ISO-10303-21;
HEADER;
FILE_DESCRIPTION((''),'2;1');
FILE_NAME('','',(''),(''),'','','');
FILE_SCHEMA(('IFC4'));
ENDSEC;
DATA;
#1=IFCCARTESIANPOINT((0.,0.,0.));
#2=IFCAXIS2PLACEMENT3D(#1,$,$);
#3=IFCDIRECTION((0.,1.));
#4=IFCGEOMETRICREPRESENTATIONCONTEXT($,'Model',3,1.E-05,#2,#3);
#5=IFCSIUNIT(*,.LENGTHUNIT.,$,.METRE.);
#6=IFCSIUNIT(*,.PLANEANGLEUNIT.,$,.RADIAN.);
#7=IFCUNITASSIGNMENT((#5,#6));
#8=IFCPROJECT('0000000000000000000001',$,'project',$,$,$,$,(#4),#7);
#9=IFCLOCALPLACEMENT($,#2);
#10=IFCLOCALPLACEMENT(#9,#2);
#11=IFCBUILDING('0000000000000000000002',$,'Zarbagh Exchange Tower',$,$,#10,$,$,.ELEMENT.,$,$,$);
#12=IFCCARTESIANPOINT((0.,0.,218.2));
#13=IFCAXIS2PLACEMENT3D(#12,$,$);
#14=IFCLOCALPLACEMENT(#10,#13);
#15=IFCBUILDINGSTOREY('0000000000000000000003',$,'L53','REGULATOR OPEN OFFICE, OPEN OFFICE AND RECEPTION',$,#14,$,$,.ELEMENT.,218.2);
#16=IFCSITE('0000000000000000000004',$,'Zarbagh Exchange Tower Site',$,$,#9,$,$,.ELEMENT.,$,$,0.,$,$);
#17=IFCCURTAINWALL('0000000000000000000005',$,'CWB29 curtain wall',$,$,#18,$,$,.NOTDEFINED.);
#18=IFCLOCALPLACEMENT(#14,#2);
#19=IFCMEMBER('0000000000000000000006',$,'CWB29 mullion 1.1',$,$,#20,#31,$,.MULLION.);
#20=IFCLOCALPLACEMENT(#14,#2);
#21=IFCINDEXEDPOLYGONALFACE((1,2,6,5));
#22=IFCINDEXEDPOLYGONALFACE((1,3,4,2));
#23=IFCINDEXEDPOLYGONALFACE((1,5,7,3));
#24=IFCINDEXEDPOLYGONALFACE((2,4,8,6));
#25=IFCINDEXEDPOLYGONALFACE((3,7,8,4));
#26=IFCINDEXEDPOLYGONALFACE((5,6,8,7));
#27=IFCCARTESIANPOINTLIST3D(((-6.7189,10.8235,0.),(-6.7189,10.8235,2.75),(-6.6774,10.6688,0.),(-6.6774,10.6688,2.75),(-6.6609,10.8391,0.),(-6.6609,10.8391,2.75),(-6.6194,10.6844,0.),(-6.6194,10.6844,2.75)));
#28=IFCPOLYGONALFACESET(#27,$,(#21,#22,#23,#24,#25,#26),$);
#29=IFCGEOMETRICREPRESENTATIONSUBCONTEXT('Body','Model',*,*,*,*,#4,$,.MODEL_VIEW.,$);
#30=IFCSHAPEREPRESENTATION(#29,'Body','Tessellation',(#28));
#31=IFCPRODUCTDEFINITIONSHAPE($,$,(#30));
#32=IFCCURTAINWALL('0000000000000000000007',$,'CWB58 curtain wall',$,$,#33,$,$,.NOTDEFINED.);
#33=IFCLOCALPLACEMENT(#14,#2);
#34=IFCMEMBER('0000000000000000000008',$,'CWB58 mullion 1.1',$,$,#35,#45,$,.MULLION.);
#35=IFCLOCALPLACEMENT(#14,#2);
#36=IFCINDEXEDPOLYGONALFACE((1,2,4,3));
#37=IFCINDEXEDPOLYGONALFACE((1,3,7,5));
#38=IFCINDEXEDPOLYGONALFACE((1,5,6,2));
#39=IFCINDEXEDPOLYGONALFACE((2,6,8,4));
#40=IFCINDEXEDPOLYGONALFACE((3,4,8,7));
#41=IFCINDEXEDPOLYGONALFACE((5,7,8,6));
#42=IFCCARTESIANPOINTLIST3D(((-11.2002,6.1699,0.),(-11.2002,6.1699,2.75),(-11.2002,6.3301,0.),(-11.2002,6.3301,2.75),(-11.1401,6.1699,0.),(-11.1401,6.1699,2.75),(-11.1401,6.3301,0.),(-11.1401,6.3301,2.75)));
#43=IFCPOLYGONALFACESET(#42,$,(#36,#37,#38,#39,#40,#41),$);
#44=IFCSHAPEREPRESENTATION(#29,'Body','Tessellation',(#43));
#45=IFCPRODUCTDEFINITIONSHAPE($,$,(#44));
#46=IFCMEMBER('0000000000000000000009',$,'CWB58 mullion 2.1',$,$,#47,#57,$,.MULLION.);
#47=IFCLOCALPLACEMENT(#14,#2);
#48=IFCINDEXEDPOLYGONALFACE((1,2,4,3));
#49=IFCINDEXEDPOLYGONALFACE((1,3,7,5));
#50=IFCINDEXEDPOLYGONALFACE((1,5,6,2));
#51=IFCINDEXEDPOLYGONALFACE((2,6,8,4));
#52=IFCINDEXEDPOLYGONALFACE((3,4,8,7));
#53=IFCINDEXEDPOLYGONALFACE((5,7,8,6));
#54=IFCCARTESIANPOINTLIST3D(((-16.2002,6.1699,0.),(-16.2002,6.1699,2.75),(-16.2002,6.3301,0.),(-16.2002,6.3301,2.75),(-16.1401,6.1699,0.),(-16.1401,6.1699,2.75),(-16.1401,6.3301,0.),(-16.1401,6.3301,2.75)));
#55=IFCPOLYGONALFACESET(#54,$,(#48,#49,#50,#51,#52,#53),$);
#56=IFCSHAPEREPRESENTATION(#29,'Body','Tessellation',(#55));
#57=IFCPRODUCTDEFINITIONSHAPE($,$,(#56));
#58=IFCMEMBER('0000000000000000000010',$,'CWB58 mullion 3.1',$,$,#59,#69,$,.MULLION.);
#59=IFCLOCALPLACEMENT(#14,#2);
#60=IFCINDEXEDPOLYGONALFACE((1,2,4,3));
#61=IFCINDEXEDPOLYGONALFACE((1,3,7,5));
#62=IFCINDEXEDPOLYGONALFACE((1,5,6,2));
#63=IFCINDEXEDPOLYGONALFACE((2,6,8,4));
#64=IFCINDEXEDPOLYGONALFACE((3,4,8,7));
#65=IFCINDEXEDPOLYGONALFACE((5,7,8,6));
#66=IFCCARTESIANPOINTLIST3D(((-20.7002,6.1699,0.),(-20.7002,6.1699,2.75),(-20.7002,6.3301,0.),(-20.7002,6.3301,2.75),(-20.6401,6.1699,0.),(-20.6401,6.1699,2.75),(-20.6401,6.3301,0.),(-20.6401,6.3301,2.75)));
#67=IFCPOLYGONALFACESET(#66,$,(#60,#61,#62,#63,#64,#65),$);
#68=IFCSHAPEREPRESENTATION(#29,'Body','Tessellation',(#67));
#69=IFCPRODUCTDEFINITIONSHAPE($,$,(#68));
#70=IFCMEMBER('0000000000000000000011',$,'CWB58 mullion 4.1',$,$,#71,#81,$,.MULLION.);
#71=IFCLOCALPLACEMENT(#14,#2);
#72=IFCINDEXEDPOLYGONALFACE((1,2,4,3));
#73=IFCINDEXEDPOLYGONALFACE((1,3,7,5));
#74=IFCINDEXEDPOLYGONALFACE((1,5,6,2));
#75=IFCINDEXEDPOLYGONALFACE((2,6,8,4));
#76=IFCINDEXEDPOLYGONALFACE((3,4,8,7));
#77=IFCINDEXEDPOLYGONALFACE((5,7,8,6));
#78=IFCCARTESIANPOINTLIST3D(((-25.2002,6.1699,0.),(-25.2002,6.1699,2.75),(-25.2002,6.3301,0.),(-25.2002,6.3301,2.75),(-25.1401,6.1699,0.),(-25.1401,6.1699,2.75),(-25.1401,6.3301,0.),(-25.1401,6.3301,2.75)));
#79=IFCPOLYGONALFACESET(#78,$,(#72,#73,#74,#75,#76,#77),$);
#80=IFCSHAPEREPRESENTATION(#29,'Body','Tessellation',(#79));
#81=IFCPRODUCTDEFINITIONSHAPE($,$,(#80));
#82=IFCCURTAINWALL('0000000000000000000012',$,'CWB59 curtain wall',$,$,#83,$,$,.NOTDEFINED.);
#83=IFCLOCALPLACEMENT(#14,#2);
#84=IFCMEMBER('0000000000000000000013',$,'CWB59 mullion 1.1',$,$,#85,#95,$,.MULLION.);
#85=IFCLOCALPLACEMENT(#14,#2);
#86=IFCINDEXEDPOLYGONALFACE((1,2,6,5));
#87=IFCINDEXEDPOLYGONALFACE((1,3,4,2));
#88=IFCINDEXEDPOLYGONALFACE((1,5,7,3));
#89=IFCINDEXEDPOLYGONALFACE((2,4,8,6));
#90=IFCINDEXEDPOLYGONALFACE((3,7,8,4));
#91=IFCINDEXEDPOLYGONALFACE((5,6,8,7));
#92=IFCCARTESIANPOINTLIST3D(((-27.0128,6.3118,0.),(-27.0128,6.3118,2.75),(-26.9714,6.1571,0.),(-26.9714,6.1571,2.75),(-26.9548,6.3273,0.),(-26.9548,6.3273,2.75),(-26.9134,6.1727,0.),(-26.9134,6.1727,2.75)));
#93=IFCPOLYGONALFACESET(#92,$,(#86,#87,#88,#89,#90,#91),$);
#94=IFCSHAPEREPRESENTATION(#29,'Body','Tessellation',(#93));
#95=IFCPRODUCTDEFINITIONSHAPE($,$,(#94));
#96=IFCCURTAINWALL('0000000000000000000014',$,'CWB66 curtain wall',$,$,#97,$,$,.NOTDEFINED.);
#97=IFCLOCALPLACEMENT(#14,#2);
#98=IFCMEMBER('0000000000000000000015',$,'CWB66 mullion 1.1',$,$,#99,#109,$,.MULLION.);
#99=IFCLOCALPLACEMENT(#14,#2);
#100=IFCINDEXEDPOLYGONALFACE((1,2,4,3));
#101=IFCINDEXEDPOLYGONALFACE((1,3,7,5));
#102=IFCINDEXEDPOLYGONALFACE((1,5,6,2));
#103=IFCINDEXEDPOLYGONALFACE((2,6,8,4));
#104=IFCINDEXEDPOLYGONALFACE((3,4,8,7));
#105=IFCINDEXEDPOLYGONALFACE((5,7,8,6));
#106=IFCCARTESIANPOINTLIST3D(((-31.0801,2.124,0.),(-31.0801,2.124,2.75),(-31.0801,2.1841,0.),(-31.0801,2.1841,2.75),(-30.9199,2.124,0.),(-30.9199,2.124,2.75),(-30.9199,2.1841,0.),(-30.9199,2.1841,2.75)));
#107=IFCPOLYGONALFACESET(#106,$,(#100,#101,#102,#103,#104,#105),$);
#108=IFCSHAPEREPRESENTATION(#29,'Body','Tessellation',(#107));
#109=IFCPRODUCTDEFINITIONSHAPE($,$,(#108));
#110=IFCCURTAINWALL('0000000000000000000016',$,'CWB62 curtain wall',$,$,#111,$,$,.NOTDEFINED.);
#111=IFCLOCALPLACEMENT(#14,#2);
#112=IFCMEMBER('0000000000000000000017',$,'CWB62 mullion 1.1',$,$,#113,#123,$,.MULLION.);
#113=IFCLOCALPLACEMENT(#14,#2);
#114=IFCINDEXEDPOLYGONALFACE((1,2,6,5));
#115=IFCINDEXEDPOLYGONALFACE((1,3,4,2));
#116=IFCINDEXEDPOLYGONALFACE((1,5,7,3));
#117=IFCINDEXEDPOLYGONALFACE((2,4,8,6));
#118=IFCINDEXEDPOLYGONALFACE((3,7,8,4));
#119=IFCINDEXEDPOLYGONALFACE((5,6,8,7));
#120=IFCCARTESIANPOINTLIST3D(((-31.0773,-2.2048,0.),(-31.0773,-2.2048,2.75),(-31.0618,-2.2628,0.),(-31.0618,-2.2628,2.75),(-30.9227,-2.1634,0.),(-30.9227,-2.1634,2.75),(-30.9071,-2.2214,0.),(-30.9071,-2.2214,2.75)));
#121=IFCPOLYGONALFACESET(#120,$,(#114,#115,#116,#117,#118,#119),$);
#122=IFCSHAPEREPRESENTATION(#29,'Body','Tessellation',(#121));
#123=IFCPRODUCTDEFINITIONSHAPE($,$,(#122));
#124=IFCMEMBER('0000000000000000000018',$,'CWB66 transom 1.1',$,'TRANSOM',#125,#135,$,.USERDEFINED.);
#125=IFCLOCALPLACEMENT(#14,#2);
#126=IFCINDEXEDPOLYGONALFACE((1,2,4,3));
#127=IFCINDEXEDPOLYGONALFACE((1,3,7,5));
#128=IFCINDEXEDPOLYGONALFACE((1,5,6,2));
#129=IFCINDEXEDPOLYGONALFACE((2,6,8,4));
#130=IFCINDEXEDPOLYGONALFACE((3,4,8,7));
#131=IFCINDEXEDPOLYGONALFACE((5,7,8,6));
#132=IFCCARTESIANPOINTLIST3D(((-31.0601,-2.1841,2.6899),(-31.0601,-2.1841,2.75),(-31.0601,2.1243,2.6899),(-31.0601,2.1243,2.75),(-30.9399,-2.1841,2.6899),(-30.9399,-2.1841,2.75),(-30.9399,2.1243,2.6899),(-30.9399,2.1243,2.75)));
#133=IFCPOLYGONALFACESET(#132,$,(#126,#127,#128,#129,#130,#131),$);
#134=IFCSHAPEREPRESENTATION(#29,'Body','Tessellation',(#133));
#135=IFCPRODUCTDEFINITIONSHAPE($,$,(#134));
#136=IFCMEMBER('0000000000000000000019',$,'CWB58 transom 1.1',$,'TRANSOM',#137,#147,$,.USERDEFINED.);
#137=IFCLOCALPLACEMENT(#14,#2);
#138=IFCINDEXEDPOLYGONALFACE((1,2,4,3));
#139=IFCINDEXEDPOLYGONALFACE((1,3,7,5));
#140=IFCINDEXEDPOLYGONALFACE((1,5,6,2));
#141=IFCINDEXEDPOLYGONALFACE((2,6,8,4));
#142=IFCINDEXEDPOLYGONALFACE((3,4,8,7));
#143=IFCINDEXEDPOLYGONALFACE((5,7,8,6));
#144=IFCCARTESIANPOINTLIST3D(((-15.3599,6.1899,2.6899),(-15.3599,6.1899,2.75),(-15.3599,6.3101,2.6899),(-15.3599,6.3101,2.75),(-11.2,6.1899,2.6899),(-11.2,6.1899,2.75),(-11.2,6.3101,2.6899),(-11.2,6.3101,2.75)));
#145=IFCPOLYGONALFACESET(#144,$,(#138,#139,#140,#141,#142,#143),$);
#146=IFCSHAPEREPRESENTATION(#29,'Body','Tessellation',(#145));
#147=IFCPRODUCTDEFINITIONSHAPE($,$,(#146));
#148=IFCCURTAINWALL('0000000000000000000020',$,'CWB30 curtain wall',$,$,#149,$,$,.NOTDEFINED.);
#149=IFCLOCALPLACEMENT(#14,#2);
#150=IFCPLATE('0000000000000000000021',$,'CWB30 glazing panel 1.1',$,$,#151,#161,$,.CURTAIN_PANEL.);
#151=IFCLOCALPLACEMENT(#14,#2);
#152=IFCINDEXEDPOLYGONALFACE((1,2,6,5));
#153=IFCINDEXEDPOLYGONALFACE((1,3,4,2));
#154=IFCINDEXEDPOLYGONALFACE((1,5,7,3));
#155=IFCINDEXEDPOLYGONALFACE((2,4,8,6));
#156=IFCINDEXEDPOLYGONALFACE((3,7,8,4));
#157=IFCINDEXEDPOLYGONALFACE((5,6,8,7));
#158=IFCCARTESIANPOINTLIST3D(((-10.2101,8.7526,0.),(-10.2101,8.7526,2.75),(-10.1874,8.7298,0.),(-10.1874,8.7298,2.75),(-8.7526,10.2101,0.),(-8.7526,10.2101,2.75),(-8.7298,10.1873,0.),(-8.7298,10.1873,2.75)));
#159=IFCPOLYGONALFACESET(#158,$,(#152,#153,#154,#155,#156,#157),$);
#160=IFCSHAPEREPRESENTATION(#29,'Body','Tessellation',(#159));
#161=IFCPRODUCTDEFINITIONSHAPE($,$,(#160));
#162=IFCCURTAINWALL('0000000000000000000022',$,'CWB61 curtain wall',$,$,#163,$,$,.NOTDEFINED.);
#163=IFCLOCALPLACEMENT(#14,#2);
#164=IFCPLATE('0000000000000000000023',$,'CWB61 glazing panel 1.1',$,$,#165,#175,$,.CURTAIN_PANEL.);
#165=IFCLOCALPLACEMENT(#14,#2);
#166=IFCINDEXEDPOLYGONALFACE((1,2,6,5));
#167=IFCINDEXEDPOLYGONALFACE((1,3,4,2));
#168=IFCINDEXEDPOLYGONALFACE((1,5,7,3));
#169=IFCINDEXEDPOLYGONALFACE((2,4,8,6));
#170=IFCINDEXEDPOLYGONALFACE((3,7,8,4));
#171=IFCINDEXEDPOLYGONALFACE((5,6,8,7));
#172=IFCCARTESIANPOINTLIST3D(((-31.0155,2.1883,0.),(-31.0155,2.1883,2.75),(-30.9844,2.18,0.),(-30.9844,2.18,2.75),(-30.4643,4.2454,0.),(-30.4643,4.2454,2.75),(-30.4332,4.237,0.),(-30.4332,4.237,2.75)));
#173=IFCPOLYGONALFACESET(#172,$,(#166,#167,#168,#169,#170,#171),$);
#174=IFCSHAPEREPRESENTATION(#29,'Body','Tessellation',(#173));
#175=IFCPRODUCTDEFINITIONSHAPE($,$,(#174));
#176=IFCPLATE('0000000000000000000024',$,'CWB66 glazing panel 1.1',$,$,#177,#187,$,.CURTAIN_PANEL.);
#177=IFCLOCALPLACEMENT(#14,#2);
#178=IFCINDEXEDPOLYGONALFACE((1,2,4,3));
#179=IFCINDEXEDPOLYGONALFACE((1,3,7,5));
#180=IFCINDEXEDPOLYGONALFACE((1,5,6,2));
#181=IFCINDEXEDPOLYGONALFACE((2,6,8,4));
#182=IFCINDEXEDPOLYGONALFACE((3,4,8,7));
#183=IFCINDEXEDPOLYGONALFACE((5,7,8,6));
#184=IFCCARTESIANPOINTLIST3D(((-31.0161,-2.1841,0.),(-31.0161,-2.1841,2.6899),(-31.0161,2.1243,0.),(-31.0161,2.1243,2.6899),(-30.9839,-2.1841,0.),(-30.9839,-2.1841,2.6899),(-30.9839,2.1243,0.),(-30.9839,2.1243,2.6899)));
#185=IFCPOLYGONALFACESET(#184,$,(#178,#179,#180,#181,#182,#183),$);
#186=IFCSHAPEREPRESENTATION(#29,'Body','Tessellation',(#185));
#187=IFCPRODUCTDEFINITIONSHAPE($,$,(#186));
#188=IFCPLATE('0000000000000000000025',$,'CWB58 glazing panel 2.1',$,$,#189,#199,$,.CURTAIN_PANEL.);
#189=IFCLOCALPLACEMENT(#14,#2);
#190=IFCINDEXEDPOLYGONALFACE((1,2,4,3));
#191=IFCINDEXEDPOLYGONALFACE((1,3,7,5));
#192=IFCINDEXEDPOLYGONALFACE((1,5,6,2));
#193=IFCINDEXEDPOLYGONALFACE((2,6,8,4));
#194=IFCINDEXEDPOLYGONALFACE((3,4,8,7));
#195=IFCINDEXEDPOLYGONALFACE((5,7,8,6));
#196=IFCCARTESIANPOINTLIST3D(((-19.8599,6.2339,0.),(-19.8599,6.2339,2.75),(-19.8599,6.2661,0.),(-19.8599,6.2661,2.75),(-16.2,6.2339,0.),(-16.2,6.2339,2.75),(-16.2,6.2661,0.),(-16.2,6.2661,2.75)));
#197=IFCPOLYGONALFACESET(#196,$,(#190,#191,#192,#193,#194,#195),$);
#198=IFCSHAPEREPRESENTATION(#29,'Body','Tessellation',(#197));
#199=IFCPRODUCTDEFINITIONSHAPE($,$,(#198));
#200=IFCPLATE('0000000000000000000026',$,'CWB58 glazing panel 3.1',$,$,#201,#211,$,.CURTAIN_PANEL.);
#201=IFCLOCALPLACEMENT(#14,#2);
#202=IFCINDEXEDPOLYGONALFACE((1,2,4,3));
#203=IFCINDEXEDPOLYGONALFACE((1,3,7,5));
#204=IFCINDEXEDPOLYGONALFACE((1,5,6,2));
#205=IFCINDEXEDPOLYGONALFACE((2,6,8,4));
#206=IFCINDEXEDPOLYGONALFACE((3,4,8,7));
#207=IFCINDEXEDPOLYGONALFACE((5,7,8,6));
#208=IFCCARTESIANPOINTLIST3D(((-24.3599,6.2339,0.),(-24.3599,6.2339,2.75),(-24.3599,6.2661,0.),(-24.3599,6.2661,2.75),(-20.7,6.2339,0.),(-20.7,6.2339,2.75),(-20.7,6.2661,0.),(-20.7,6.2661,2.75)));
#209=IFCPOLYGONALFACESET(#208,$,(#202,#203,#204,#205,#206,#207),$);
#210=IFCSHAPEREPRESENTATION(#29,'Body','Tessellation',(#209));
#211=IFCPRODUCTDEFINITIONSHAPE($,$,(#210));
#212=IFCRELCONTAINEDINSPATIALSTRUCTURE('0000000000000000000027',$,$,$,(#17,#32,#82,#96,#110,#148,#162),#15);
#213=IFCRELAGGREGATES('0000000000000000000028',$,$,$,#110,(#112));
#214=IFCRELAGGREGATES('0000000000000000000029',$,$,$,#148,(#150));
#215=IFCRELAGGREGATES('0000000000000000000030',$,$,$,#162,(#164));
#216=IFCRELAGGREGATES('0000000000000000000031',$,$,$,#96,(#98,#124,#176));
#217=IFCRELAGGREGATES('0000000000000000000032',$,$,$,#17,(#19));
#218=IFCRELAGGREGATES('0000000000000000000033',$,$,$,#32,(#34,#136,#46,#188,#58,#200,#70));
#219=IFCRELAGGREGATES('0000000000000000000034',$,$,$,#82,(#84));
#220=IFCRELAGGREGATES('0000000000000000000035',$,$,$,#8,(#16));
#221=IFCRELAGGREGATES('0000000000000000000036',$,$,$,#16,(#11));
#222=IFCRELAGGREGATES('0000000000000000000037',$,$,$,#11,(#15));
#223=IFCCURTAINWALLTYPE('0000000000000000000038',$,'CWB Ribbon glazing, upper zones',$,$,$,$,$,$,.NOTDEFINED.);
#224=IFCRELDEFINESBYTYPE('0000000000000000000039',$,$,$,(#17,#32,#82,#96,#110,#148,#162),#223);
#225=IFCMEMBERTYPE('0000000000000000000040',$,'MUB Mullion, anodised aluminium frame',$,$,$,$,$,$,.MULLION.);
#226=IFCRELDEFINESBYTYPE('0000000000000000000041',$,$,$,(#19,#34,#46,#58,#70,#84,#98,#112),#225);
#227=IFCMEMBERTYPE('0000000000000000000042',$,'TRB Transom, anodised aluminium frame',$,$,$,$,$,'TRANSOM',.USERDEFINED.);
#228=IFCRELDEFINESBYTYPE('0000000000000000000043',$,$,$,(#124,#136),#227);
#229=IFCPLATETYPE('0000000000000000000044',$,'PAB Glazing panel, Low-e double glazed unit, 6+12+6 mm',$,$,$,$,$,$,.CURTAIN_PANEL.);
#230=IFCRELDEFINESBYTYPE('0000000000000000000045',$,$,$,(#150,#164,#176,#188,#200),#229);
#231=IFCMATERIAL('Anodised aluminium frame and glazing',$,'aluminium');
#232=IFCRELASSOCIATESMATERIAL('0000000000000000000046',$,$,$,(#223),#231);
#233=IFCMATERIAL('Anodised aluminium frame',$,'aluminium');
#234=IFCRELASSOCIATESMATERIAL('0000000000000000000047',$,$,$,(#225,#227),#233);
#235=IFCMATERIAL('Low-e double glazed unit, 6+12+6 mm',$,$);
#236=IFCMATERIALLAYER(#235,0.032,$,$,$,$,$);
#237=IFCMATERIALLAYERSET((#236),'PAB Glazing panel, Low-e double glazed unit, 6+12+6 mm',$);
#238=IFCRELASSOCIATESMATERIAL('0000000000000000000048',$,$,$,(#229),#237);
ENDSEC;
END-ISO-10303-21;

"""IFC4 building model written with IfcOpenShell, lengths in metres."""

from ifc_helpers import new_model, si_unit, direction, frame, origin, place, context, subcontext, project, spatial, polyline, outline, extrude, source, transform, mapped, material, layer, layer_set, type_object, element, aggregate, save


model = new_model("IFC4")

# Units and contexts
model_context = context("Model", 3, precision=1e-05, world=origin(), true_north=direction((0.0, 1.0)))
body_context = subcontext(model_context, "Body", "Model", "MODEL_VIEW")
ifc_project = project(units=[si_unit("LENGTHUNIT", "METRE"), si_unit("PLANEANGLEUNIT", "RADIAN")], contexts=[model_context])

# Site, building, storey
site_placement = place(None, origin())
site = spatial("IfcSite", under=ifc_project, at=site_placement, Name="Zarbagh Exchange Tower Site", CompositionType="ELEMENT", RefElevation=0.0)
building_placement = place(site_placement, origin())
building = spatial("IfcBuilding", under=site, at=building_placement, Name="Zarbagh Exchange Tower", CompositionType="ELEMENT")
storey_placement = place(building_placement, frame((0.0, 0.0, 218.2)))
storey = spatial("IfcBuildingStorey", under=building, at=storey_placement, Name="L53", Description="REGULATOR OPEN OFFICE, OPEN OFFICE AND RECEPTION", CompositionType="ELEMENT", Elevation=218.2)

# Curtain wall, member
ifc_material_1 = material(Name="Anodised aluminium frame and glazing", Category="aluminium")
curtain_wall_type = type_object("IfcCurtainWallType", Name="CWB Ribbon glazing, upper zones", PredefinedType="NOTDEFINED", material=ifc_material_1)
curtain_wall_1_placement = place(storey_placement, origin())
curtain_wall_1 = element("IfcCurtainWall", 1, at=curtain_wall_1_placement, inside=storey, type_object=curtain_wall_type, Name="CWB29 curtain wall", PredefinedType="NOTDEFINED")
ifc_material_2 = material(Name="Anodised aluminium frame", Category="aluminium")
member_type_1 = type_object("IfcMemberType", Name="MUB Mullion, anodised aluminium frame", PredefinedType="MULLION", material=ifc_material_2)
shared_shape_1 = source(origin(), body_context, "Body", "SweptSolid", [
    extrude(outline(polyline([(0.0, -0.0801), (0.0601, -0.0801), (0.0601, 0.0801), (0.0, 0.0801), (0.0, -0.0801)])), origin(), (0.0, 0.0, 1.0), 2.75),
])
placement = place(storey_placement, origin())
member_1 = element("IfcMember", 2, at=placement, type_object=member_type_1, Name="CWB29 mullion 1.1", PredefinedType="MULLION", context=body_context, shape_type="MappedRepresentation", body=[
    mapped(shared_shape_1, transform((-6.6401, 10.7617, 0.0), x_axis=(-0.965924, -0.258825, 0.0), y_axis=(0.258825, -0.965924, 0.0), z_axis=(0.0, 0.0, 1.0))),
])

# Curtain wall, members
curtain_wall_2_placement = place(storey_placement, origin())
curtain_wall_2 = element("IfcCurtainWall", 3, at=curtain_wall_2_placement, inside=storey, type_object=curtain_wall_type, Name="CWB58 curtain wall", PredefinedType="NOTDEFINED")
member_2 = element("IfcMember", 4, at=placement, type_object=member_type_1, Name="CWB58 mullion 1.1", PredefinedType="MULLION", context=body_context, shape_type="MappedRepresentation", body=[
    mapped(shared_shape_1, transform((-11.1401, 6.25, 0.0), x_axis=(-1.0, 0.0, 0.0), y_axis=(0.0, -1.0, 0.0), z_axis=(0.0, 0.0, 1.0))),
])
member_3 = element("IfcMember", 5, at=placement, type_object=member_type_1, Name="CWB58 mullion 2.1", PredefinedType="MULLION", context=body_context, shape_type="MappedRepresentation", body=[
    mapped(shared_shape_1, transform((-16.1401, 6.25, 0.0), x_axis=(-1.0, 0.0, 0.0), y_axis=(0.0, -1.0, 0.0), z_axis=(0.0, 0.0, 1.0))),
])
member_4 = element("IfcMember", 6, at=placement, type_object=member_type_1, Name="CWB58 mullion 3.1", PredefinedType="MULLION", context=body_context, shape_type="MappedRepresentation", body=[
    mapped(shared_shape_1, transform((-20.6401, 6.25, 0.0), x_axis=(-1.0, 0.0, 0.0), y_axis=(0.0, -1.0, 0.0), z_axis=(0.0, 0.0, 1.0))),
])
member_5 = element("IfcMember", 7, at=placement, type_object=member_type_1, Name="CWB58 mullion 4.1", PredefinedType="MULLION", context=body_context, shape_type="MappedRepresentation", body=[
    mapped(shared_shape_1, transform((-25.1401, 6.25, 0.0), x_axis=(-1.0, 0.0, 0.0), y_axis=(0.0, -1.0, 0.0), z_axis=(0.0, 0.0, 1.0))),
])

# Curtain walls, members
curtain_wall_3_placement = place(storey_placement, origin())
curtain_wall_3 = element("IfcCurtainWall", 8, at=curtain_wall_3_placement, inside=storey, type_object=curtain_wall_type, Name="CWB59 curtain wall", PredefinedType="NOTDEFINED")
member_6 = element("IfcMember", 9, at=placement, type_object=member_type_1, Name="CWB59 mullion 1.1", PredefinedType="MULLION", context=body_context, shape_type="MappedRepresentation", body=[
    mapped(shared_shape_1, transform((-26.9341, 6.25, 0.0), x_axis=(-0.965924, -0.258825, 0.0), y_axis=(0.258825, -0.965924, 0.0), z_axis=(0.0, 0.0, 1.0))),
])
curtain_wall_4_placement = place(storey_placement, origin())
curtain_wall_4 = element("IfcCurtainWall", 10, at=curtain_wall_4_placement, inside=storey, type_object=curtain_wall_type, Name="CWB66 curtain wall", PredefinedType="NOTDEFINED")
member_7 = element("IfcMember", 11, at=placement, type_object=member_type_1, Name="CWB66 mullion 1.1", PredefinedType="MULLION", context=body_context, shape_type="MappedRepresentation", body=[
    mapped(shared_shape_1, transform((-31.0, 2.1841, 0.0), x_axis=(0.0, -1.0, 0.0), y_axis=(1.0, 0.0, 0.0), z_axis=(0.0, 0.0, 1.0))),
])
curtain_wall_5_placement = place(storey_placement, origin())
curtain_wall_5 = element("IfcCurtainWall", 12, at=curtain_wall_5_placement, inside=storey, type_object=curtain_wall_type, Name="CWB62 curtain wall", PredefinedType="NOTDEFINED")
member_8 = element("IfcMember", 13, at=placement, type_object=member_type_1, Name="CWB62 mullion 1.1", PredefinedType="MULLION", context=body_context, shape_type="MappedRepresentation", body=[
    mapped(shared_shape_1, transform((-31.0, -2.1841, 0.0), x_axis=(0.258825, -0.965924, 0.0), y_axis=(0.965924, 0.258825, 0.0), z_axis=(0.0, 0.0, 1.0))),
])
aggregate(curtain_wall_5, [member_8])

# Members
member_type_2 = type_object("IfcMemberType", Name="TRB Transom, anodised aluminium frame", ElementType="TRANSOM", PredefinedType="USERDEFINED", material=ifc_material_2)
shared_shape_2 = source(origin(), body_context, "Body", "SweptSolid", [
    extrude(outline(polyline([(-0.0601, -0.0601), (0.0, -0.0601), (0.0, 0.0601), (-0.0601, 0.0601), (-0.0601, -0.0601)])), origin(), (0.0, 0.0, 1.0), 4.3083),
])
member_9 = element("IfcMember", 14, at=placement, type_object=member_type_2, Name="CWB66 transom 1.1", ObjectType="TRANSOM", PredefinedType="USERDEFINED", context=body_context, shape_type="MappedRepresentation", body=[
    mapped(shared_shape_2, transform((-31.0, 2.1243, 2.75), x_axis=(0.0, 0.0, 1.0), y_axis=(-1.0, 0.0, 0.0), z_axis=(0.0, -1.0, 0.0))),
])
shared_shape_3 = source(origin(), body_context, "Body", "SweptSolid", [
    extrude(outline(polyline([(-0.0601, -0.0601), (0.0, -0.0601), (0.0, 0.0601), (-0.0601, 0.0601), (-0.0601, -0.0601)])), origin(), (0.0, 0.0, 1.0), 4.1599),
])
member_10 = element("IfcMember", 15, at=placement, type_object=member_type_2, Name="CWB58 transom 1.1", ObjectType="TRANSOM", PredefinedType="USERDEFINED", context=body_context, shape_type="MappedRepresentation", body=[
    mapped(shared_shape_3, transform((-11.2, 6.25, 2.75), x_axis=(0.0, 0.0, 1.0), y_axis=(0.0, 1.0, 0.0), z_axis=(-1.0, 0.0, 0.0))),
])

# Curtain walls, plates
curtain_wall_6_placement = place(storey_placement, origin())
curtain_wall_6 = element("IfcCurtainWall", 16, at=curtain_wall_6_placement, inside=storey, type_object=curtain_wall_type, Name="CWB30 curtain wall", PredefinedType="NOTDEFINED")
ifc_material_3 = material(Name="Low-e double glazed unit, 6+12+6 mm")
ifc_layer = layer(ifc_material_3, 0.032)
ifc_layer_set = layer_set([ifc_layer], Name="PAB Glazing panel, Low-e double glazed unit, 6+12+6 mm")
plate_type = type_object("IfcPlateType", Name="PAB Glazing panel, Low-e double glazed unit, 6+12+6 mm", PredefinedType="CURTAIN_PANEL", material=ifc_layer_set)
shared_shape_4 = source(origin(), body_context, "Body", "SweptSolid", [
    extrude(outline(polyline([(0.0, -0.0161), (2.0613, -0.0161), (2.0613, 0.0161), (0.0, 0.0161), (0.0, -0.0161)])), origin(), (0.0, 0.0, 1.0), 2.75),
])
plate_1 = element("IfcPlate", 17, at=placement, type_object=plate_type, Name="CWB30 glazing panel 1.1", PredefinedType="CURTAIN_PANEL", context=body_context, shape_type="MappedRepresentation", body=[
    mapped(shared_shape_4, transform((-8.7412, 10.1987, 0.0), x_axis=(-0.707107, -0.707107, 0.0), y_axis=(0.707107, -0.707107, 0.0), z_axis=(0.0, 0.0, 1.0))),
])
aggregate(curtain_wall_6, [plate_1])
curtain_wall_7_placement = place(storey_placement, origin())
curtain_wall_7 = element("IfcCurtainWall", 18, at=curtain_wall_7_placement, inside=storey, type_object=curtain_wall_type, Name="CWB61 curtain wall", PredefinedType="NOTDEFINED")
shared_shape_5 = source(origin(), body_context, "Body", "SweptSolid", [
    extrude(outline(polyline([(0.0, -0.0161), (2.1296, -0.0161), (2.1296, 0.0161), (0.0, 0.0161), (0.0, -0.0161)])), origin(), (0.0, 0.0, 1.0), 2.75),
])
plate_2 = element("IfcPlate", 19, at=placement, type_object=plate_type, Name="CWB61 glazing panel 1.1", PredefinedType="CURTAIN_PANEL", context=body_context, shape_type="MappedRepresentation", body=[
    mapped(shared_shape_5, transform((-30.4487, 4.2412, 0.0), x_axis=(-0.258825, -0.965924, 0.0), y_axis=(0.965924, -0.258825, 0.0), z_axis=(0.0, 0.0, 1.0))),
])
aggregate(curtain_wall_7, [plate_2])

# Plates
shared_shape_6 = source(origin(), body_context, "Body", "SweptSolid", [
    extrude(outline(polyline([(0.0, -0.0161), (4.3083, -0.0161), (4.3083, 0.0161), (0.0, 0.0161), (0.0, -0.0161)])), origin(), (0.0, 0.0, 1.0), 2.6899),
])
plate_3 = element("IfcPlate", 20, at=placement, type_object=plate_type, Name="CWB66 glazing panel 1.1", PredefinedType="CURTAIN_PANEL", context=body_context, shape_type="MappedRepresentation", body=[
    mapped(shared_shape_6, transform((-31.0, 2.1243, 0.0), x_axis=(0.0, -1.0, 0.0), y_axis=(1.0, 0.0, 0.0), z_axis=(0.0, 0.0, 1.0))),
])
aggregate(curtain_wall_4, [member_7, member_9, plate_3])
shared_shape_7 = source(origin(), body_context, "Body", "SweptSolid", [
    extrude(outline(polyline([(0.0, -0.0161), (3.6599, -0.0161), (3.6599, 0.0161), (0.0, 0.0161), (0.0, -0.0161)])), origin(), (0.0, 0.0, 1.0), 2.75),
])
plate_4 = element("IfcPlate", 21, at=placement, type_object=plate_type, Name="CWB58 glazing panel 2.1", PredefinedType="CURTAIN_PANEL", context=body_context, shape_type="MappedRepresentation", body=[
    mapped(shared_shape_7, transform((-16.2, 6.25, 0.0), x_axis=(-1.0, 0.0, 0.0), y_axis=(0.0, -1.0, 0.0), z_axis=(0.0, 0.0, 1.0))),
])
plate_5 = element("IfcPlate", 22, at=placement, type_object=plate_type, Name="CWB58 glazing panel 3.1", PredefinedType="CURTAIN_PANEL", context=body_context, shape_type="MappedRepresentation", body=[
    mapped(shared_shape_7, transform((-20.7, 6.25, 0.0), x_axis=(-1.0, 0.0, 0.0), y_axis=(0.0, -1.0, 0.0), z_axis=(0.0, 0.0, 1.0))),
])

aggregate(curtain_wall_1, [member_1])

aggregate(curtain_wall_2, [member_2, member_10, member_3, plate_4, member_4, plate_5, member_5])
aggregate(curtain_wall_3, [member_6])

save(model, "model.ifc")
